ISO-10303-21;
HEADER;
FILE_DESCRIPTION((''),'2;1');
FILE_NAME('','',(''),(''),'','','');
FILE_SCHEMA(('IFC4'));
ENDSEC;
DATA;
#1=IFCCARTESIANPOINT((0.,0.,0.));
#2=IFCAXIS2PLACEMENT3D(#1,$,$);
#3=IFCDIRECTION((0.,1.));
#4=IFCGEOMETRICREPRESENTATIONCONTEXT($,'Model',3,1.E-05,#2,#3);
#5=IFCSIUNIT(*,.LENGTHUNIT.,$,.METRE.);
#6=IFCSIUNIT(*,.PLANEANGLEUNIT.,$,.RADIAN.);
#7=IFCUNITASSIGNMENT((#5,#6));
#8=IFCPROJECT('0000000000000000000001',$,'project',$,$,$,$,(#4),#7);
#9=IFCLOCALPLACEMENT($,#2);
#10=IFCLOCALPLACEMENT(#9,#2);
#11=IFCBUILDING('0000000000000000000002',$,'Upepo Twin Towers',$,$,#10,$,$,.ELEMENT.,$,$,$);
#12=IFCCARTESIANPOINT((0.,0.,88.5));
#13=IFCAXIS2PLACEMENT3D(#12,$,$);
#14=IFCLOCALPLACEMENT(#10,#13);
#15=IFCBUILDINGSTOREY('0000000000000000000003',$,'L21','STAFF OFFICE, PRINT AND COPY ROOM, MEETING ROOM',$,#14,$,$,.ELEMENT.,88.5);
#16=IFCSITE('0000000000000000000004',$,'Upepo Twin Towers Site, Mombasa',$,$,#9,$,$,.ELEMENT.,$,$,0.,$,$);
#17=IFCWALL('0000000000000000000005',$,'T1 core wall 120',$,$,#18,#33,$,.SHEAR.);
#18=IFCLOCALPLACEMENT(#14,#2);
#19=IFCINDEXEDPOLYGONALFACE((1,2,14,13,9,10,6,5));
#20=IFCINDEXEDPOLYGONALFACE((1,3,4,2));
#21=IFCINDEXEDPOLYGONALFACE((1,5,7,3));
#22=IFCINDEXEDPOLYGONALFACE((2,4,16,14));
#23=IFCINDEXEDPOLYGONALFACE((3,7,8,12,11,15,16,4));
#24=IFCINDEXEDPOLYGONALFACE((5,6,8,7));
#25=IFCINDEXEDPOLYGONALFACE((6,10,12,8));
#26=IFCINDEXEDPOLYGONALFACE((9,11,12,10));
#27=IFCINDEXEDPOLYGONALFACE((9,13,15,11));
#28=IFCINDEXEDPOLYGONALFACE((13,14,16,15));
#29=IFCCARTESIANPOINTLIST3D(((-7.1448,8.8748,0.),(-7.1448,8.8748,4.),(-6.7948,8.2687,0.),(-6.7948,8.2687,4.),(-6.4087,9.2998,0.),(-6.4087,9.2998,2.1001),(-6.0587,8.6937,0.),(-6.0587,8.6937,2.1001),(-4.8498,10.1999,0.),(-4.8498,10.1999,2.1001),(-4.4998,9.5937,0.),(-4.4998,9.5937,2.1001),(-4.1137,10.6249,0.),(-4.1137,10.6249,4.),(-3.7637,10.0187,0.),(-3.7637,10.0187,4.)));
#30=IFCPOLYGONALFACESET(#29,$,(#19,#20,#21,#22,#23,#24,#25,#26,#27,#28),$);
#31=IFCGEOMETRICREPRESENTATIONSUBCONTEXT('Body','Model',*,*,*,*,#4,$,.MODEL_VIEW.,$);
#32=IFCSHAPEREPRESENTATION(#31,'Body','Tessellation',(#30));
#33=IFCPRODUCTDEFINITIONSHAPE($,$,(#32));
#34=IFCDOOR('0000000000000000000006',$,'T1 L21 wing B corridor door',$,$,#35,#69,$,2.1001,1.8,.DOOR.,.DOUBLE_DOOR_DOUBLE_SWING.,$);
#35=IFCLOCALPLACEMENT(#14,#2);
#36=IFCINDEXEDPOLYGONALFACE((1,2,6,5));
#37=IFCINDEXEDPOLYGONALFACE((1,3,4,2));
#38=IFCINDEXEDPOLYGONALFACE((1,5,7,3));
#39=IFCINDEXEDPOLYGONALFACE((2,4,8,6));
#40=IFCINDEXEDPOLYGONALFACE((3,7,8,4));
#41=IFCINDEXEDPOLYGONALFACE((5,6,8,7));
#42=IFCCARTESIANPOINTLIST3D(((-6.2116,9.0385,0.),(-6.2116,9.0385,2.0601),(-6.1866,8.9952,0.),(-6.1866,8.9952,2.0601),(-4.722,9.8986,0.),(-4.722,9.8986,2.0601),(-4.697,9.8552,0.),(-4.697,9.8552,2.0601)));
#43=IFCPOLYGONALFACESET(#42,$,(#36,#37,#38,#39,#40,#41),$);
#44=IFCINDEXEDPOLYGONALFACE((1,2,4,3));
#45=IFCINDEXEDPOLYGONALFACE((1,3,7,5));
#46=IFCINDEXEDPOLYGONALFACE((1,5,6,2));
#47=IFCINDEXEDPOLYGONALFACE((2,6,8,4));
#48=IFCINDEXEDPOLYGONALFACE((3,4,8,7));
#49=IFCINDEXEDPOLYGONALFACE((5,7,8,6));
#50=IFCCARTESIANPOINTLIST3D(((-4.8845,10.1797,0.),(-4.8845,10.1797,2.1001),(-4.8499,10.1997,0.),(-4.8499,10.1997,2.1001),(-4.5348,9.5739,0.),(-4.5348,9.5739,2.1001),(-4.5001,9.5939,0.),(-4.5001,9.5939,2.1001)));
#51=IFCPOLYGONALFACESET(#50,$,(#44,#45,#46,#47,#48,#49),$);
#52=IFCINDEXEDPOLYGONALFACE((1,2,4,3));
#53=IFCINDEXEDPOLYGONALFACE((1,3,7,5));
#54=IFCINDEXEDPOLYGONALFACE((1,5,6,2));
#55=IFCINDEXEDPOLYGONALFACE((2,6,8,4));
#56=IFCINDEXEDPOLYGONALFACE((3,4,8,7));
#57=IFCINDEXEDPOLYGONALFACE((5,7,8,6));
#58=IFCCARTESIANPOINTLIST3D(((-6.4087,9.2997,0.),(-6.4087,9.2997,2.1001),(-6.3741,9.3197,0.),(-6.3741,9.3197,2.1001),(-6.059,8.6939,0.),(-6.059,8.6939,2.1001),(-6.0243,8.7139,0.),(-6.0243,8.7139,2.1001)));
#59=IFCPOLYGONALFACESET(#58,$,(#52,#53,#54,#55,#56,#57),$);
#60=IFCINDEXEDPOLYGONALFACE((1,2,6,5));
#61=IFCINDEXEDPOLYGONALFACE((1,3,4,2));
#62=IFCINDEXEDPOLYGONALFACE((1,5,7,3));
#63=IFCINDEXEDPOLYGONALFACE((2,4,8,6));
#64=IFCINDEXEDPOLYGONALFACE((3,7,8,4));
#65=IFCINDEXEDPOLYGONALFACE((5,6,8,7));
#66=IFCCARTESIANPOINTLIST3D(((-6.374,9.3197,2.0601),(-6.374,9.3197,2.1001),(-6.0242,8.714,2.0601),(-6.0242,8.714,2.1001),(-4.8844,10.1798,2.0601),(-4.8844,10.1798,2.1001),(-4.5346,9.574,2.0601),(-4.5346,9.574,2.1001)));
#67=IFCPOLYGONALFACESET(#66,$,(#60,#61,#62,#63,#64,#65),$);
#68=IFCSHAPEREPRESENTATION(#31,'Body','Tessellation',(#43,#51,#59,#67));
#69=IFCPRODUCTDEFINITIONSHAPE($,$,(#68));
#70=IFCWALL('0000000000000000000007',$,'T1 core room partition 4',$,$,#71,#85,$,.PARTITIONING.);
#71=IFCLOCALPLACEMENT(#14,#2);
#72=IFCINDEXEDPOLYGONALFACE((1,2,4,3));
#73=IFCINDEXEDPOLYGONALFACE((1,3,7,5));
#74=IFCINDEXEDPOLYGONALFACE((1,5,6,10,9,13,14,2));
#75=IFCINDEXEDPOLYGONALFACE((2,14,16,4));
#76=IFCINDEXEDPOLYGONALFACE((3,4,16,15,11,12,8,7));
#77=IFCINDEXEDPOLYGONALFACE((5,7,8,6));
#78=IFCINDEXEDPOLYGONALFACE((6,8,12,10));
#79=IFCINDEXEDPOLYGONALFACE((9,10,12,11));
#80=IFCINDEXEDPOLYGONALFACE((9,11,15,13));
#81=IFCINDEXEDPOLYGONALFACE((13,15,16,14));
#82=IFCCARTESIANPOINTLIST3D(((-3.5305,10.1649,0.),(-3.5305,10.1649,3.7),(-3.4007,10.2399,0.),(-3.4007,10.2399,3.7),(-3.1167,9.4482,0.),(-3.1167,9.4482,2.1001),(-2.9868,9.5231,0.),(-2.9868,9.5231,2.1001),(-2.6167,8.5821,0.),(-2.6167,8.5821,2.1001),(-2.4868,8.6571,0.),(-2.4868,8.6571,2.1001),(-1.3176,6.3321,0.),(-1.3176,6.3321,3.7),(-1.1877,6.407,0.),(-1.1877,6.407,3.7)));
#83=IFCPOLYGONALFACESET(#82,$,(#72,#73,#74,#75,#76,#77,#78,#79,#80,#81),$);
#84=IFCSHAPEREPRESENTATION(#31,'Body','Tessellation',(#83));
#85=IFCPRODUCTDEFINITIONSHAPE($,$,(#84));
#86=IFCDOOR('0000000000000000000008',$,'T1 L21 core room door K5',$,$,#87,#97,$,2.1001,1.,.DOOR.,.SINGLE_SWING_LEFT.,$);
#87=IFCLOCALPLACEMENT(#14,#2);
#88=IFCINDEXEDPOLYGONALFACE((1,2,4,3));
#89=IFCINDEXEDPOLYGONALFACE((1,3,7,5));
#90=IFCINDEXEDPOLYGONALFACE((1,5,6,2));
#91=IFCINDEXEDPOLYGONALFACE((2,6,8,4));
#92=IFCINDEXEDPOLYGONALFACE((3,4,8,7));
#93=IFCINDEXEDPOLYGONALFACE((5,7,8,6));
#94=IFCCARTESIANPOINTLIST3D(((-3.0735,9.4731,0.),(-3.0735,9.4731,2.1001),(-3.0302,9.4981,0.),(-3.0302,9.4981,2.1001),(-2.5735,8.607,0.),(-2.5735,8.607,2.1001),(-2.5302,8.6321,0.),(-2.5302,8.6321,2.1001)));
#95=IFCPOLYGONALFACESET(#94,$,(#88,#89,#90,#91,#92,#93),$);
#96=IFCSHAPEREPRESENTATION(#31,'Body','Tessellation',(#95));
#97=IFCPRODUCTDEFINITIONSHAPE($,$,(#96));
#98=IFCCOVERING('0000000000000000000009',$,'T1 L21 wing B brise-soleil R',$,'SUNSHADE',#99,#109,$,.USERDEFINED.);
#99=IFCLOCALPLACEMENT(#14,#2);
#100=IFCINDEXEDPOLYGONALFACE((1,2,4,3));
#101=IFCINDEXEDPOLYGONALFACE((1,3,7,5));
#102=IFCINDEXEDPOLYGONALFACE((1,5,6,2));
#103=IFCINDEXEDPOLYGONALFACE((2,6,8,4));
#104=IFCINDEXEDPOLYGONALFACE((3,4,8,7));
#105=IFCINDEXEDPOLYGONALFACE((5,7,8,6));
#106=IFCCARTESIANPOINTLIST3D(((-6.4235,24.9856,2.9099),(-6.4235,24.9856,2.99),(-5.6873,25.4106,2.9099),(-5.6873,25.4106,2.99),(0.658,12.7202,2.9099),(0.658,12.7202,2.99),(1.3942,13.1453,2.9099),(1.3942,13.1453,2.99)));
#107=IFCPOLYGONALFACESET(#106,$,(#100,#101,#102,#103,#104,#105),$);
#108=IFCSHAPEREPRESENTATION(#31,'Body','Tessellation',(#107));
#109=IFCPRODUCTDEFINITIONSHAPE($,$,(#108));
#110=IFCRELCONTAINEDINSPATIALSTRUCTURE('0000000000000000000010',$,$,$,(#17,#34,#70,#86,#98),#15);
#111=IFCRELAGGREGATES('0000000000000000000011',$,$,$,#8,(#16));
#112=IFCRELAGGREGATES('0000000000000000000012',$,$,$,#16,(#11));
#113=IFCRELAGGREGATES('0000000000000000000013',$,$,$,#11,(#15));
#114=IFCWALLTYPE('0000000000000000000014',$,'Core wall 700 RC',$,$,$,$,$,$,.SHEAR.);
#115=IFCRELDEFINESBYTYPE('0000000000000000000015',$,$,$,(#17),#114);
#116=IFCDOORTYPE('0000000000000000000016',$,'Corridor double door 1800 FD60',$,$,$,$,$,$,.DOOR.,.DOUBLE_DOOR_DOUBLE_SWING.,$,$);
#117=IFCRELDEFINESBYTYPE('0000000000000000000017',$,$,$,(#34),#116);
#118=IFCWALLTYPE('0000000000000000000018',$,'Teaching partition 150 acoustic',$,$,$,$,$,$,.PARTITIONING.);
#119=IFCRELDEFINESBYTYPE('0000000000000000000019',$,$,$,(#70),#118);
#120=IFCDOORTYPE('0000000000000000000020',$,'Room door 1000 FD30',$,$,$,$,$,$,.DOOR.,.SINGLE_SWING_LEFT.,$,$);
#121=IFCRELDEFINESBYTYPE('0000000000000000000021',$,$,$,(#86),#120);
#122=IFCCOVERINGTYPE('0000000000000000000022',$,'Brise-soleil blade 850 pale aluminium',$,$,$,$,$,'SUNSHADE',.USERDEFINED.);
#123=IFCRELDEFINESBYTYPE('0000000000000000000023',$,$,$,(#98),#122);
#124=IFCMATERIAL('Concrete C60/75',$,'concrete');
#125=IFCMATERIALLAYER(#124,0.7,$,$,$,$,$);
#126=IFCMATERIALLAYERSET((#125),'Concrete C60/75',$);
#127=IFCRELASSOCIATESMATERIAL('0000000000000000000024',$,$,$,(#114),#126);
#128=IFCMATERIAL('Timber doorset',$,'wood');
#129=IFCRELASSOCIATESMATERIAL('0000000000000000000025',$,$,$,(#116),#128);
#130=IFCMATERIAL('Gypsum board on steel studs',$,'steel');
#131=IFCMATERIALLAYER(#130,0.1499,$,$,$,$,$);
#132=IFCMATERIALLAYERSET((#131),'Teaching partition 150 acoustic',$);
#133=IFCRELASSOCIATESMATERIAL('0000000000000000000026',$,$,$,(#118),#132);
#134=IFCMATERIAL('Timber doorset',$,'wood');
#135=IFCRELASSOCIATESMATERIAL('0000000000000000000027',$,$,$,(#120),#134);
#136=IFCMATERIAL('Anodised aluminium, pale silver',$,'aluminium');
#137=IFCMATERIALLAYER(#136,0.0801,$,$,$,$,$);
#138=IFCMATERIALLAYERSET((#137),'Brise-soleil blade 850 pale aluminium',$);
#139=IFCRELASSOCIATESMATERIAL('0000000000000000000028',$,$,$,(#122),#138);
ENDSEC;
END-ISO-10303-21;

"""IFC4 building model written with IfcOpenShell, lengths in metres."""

from ifc_helpers import new_model, si_unit, direction, frame, frame_2d, origin, origin_2d, place, context, subcontext, project, spatial, rectangle, extrude, material, layer, layer_set, type_object, element, fill, save


model = new_model("IFC4")

# Units and contexts
model_context = context("Model", 3, precision=1e-05, world=origin(), true_north=direction((0.0, 1.0)))
body_context = subcontext(model_context, "Body", "Model", "MODEL_VIEW")
ifc_project = project(units=[si_unit("LENGTHUNIT", "METRE"), si_unit("PLANEANGLEUNIT", "RADIAN")], contexts=[model_context])

# Site, building, storey
site_placement = place(None, origin())
site = spatial("IfcSite", under=ifc_project, at=site_placement, Name="Upepo Twin Towers Site, Mombasa", CompositionType="ELEMENT", RefElevation=0.0)
building_placement = place(site_placement, origin())
building = spatial("IfcBuilding", under=site, at=building_placement, Name="Upepo Twin Towers", CompositionType="ELEMENT")
storey_placement = place(building_placement, frame((0.0, 0.0, 88.5)))
storey = spatial("IfcBuildingStorey", under=building, at=storey_placement, Name="L21", Description="STAFF OFFICE, PRINT AND COPY ROOM, MEETING ROOM", CompositionType="ELEMENT", Elevation=88.5)

# Shared definitions
ifc_material_1 = material(Name="Concrete C60/75", Category="concrete")
ifc_layer_1 = layer(ifc_material_1, 0.7)
ifc_layer_set_1 = layer_set([ifc_layer_1], Name="Concrete C60/75")
wall_type_1 = type_object("IfcWallType", Name="Core wall 700 RC", PredefinedType="SHEAR", material=ifc_layer_set_1)

# Walls, openings, doors
wall_1_placement = place(storey_placement, frame((-3.9387, 10.3218, 0.0), z_axis=(0.0, 0.0, 1.0), x_axis=(-0.866019, -0.50001, 0.0)))
wall_1 = element("IfcWall", 1, at=wall_1_placement, inside=storey, type_object=wall_type_1, Name="T1 core wall 120", PredefinedType="SHEAR", context=body_context, shape_type="SweptSolid", body=[
    extrude(rectangle(XDim=3.5, YDim=0.7, at=frame_2d((1.75, 0.0))), origin(), (0.0, 0.0, 1.0), 4.0),
])
opening_1_placement = place(wall_1_placement, frame((0.8501, 0.0, 0.0)))
opening_1 = element("IfcOpeningElement", 2, at=opening_1_placement, cuts=wall_1, PredefinedType="OPENING", context=body_context, shape_type="SweptSolid", body=[
    extrude(rectangle(XDim=1.8, YDim=2.1001, at=frame_2d((0.8999, 1.05))), frame((0.0, 0.3599, 0.0), z_axis=(0.0, -1.0, 0.0), x_axis=(1.0, 0.0, 0.0)), (0.0, 0.0, 1.0), 0.72),
])
ifc_material_2 = material(Name="Timber doorset", Category="wood")
door_type_1 = type_object("IfcDoorType", Name="Corridor double door 1800 FD60", OperationType="DOUBLE_DOOR_DOUBLE_SWING", PredefinedType="DOOR", material=ifc_material_2)
door_1_placement = place(opening_1_placement, origin())
door_1 = element("IfcDoor", 3, at=door_1_placement, inside=storey, type_object=door_type_1, Name="T1 L21 wing B corridor door", OperationType="DOUBLE_DOOR_DOUBLE_SWING", OverallHeight=2.1001, OverallWidth=1.8, PredefinedType="DOOR", context=body_context, shape_type="SweptSolid", body=[
    extrude(rectangle(XDim=1.72, YDim=2.0601, at=frame_2d((0.8999, 1.03))), frame((0.0, 0.0249, 0.0), z_axis=(0.0, -1.0, 0.0), x_axis=(1.0, 0.0, 0.0)), (0.0, 0.0, 1.0), 0.05),
    extrude(rectangle(XDim=0.04, YDim=2.1001, at=frame_2d((0.02, 1.05))), frame((0.0, 0.3496, 0.0), z_axis=(0.0, -1.0, 0.0), x_axis=(1.0, 0.0, 0.0)), (0.0, 0.0, 1.0), 0.6995),
    extrude(rectangle(XDim=0.04, YDim=2.1001, at=frame_2d((1.78, 1.05))), frame((0.0, 0.3496, 0.0), z_axis=(0.0, -1.0, 0.0), x_axis=(1.0, 0.0, 0.0)), (0.0, 0.0, 1.0), 0.6995),
    extrude(rectangle(XDim=1.72, YDim=0.04, at=frame_2d((0.8999, 2.0801))), frame((0.0, 0.3496, 0.0), z_axis=(0.0, -1.0, 0.0), x_axis=(1.0, 0.0, 0.0)), (0.0, 0.0, 1.0), 0.6995),
])
fill(opening_1, door_1)
ifc_material_3 = material(Name="Gypsum board on steel studs", Category="steel")
ifc_layer_2 = layer(ifc_material_3, 0.1499)
ifc_layer_set_2 = layer_set([ifc_layer_2], Name="Teaching partition 150 acoustic")
wall_type_2 = type_object("IfcWallType", Name="Teaching partition 150 acoustic", PredefinedType="PARTITIONING", material=ifc_layer_set_2)
wall_2_placement = place(storey_placement, frame((-3.4656, 10.2024, 0.0), z_axis=(0.0, 0.0, 1.0), x_axis=(0.500007, -0.866021, 0.0)))
wall_2 = element("IfcWall", 4, at=wall_2_placement, inside=storey, type_object=wall_type_2, Name="T1 core room partition 4", PredefinedType="PARTITIONING", context=body_context, shape_type="SweptSolid", body=[
    extrude(rectangle(XDim=4.4258, YDim=0.1499, at=frame_2d((2.2129, 0.0))), origin(), (0.0, 0.0, 1.0), 3.7),
])
opening_2_placement = place(wall_2_placement, frame((0.8276, 0.0, 0.0)))
opening_2 = element("IfcOpeningElement", 5, at=opening_2_placement, cuts=wall_2, PredefinedType="OPENING", context=body_context, shape_type="SweptSolid", body=[
    extrude(rectangle(XDim=1.0, YDim=2.1001, at=frame_2d((0.5, 1.05))), frame((0.0, 0.085, 0.0), z_axis=(0.0, -1.0, 0.0), x_axis=(1.0, 0.0, 0.0)), (0.0, 0.0, 1.0), 0.1699),
])
ifc_material_4 = material(Name="Timber doorset", Category="wood")
door_type_2 = type_object("IfcDoorType", Name="Room door 1000 FD30", OperationType="SINGLE_SWING_LEFT", PredefinedType="DOOR", material=ifc_material_4)
door_2_placement = place(opening_2_placement, origin())
door_2 = element("IfcDoor", 6, at=door_2_placement, inside=storey, type_object=door_type_2, Name="T1 L21 core room door K5", OperationType="SINGLE_SWING_LEFT", OverallHeight=2.1001, OverallWidth=1.0, PredefinedType="DOOR", context=body_context, shape_type="SweptSolid", body=[
    extrude(rectangle(XDim=1.0, YDim=2.1001, at=frame_2d((0.5, 1.05))), frame((0.0, 0.0249, 0.0), z_axis=(0.0, -1.0, 0.0), x_axis=(1.0, 0.0, 0.0)), (0.0, 0.0, 1.0), 0.05),
])
fill(opening_2, door_2)

# Covering
ifc_material_5 = material(Name="Anodised aluminium, pale silver", Category="aluminium")
ifc_layer_3 = layer(ifc_material_5, 0.0801)
ifc_layer_set_3 = layer_set([ifc_layer_3], Name="Brise-soleil blade 850 pale aluminium")
covering_type = type_object("IfcCoveringType", Name="Brise-soleil blade 850 pale aluminium", ElementType="SUNSHADE", PredefinedType="USERDEFINED", material=ifc_layer_set_3)
covering_placement = place(storey_placement, frame((-2.5146, 19.0654, 2.9099), z_axis=(0.0, 0.0, 1.0), x_axis=(-0.5, 0.866025, 0.0)))
element("IfcCovering", 7, at=covering_placement, inside=storey, type_object=covering_type, Name="T1 L21 wing B brise-soleil R", ObjectType="SUNSHADE", PredefinedType="USERDEFINED", context=body_context, shape_type="SweptSolid", body=[
    extrude(rectangle(XDim=14.1628, YDim=0.8501, at=origin_2d()), origin(), (0.0, 0.0, 1.0), 0.0801),
])

save(model, "model.ifc")
